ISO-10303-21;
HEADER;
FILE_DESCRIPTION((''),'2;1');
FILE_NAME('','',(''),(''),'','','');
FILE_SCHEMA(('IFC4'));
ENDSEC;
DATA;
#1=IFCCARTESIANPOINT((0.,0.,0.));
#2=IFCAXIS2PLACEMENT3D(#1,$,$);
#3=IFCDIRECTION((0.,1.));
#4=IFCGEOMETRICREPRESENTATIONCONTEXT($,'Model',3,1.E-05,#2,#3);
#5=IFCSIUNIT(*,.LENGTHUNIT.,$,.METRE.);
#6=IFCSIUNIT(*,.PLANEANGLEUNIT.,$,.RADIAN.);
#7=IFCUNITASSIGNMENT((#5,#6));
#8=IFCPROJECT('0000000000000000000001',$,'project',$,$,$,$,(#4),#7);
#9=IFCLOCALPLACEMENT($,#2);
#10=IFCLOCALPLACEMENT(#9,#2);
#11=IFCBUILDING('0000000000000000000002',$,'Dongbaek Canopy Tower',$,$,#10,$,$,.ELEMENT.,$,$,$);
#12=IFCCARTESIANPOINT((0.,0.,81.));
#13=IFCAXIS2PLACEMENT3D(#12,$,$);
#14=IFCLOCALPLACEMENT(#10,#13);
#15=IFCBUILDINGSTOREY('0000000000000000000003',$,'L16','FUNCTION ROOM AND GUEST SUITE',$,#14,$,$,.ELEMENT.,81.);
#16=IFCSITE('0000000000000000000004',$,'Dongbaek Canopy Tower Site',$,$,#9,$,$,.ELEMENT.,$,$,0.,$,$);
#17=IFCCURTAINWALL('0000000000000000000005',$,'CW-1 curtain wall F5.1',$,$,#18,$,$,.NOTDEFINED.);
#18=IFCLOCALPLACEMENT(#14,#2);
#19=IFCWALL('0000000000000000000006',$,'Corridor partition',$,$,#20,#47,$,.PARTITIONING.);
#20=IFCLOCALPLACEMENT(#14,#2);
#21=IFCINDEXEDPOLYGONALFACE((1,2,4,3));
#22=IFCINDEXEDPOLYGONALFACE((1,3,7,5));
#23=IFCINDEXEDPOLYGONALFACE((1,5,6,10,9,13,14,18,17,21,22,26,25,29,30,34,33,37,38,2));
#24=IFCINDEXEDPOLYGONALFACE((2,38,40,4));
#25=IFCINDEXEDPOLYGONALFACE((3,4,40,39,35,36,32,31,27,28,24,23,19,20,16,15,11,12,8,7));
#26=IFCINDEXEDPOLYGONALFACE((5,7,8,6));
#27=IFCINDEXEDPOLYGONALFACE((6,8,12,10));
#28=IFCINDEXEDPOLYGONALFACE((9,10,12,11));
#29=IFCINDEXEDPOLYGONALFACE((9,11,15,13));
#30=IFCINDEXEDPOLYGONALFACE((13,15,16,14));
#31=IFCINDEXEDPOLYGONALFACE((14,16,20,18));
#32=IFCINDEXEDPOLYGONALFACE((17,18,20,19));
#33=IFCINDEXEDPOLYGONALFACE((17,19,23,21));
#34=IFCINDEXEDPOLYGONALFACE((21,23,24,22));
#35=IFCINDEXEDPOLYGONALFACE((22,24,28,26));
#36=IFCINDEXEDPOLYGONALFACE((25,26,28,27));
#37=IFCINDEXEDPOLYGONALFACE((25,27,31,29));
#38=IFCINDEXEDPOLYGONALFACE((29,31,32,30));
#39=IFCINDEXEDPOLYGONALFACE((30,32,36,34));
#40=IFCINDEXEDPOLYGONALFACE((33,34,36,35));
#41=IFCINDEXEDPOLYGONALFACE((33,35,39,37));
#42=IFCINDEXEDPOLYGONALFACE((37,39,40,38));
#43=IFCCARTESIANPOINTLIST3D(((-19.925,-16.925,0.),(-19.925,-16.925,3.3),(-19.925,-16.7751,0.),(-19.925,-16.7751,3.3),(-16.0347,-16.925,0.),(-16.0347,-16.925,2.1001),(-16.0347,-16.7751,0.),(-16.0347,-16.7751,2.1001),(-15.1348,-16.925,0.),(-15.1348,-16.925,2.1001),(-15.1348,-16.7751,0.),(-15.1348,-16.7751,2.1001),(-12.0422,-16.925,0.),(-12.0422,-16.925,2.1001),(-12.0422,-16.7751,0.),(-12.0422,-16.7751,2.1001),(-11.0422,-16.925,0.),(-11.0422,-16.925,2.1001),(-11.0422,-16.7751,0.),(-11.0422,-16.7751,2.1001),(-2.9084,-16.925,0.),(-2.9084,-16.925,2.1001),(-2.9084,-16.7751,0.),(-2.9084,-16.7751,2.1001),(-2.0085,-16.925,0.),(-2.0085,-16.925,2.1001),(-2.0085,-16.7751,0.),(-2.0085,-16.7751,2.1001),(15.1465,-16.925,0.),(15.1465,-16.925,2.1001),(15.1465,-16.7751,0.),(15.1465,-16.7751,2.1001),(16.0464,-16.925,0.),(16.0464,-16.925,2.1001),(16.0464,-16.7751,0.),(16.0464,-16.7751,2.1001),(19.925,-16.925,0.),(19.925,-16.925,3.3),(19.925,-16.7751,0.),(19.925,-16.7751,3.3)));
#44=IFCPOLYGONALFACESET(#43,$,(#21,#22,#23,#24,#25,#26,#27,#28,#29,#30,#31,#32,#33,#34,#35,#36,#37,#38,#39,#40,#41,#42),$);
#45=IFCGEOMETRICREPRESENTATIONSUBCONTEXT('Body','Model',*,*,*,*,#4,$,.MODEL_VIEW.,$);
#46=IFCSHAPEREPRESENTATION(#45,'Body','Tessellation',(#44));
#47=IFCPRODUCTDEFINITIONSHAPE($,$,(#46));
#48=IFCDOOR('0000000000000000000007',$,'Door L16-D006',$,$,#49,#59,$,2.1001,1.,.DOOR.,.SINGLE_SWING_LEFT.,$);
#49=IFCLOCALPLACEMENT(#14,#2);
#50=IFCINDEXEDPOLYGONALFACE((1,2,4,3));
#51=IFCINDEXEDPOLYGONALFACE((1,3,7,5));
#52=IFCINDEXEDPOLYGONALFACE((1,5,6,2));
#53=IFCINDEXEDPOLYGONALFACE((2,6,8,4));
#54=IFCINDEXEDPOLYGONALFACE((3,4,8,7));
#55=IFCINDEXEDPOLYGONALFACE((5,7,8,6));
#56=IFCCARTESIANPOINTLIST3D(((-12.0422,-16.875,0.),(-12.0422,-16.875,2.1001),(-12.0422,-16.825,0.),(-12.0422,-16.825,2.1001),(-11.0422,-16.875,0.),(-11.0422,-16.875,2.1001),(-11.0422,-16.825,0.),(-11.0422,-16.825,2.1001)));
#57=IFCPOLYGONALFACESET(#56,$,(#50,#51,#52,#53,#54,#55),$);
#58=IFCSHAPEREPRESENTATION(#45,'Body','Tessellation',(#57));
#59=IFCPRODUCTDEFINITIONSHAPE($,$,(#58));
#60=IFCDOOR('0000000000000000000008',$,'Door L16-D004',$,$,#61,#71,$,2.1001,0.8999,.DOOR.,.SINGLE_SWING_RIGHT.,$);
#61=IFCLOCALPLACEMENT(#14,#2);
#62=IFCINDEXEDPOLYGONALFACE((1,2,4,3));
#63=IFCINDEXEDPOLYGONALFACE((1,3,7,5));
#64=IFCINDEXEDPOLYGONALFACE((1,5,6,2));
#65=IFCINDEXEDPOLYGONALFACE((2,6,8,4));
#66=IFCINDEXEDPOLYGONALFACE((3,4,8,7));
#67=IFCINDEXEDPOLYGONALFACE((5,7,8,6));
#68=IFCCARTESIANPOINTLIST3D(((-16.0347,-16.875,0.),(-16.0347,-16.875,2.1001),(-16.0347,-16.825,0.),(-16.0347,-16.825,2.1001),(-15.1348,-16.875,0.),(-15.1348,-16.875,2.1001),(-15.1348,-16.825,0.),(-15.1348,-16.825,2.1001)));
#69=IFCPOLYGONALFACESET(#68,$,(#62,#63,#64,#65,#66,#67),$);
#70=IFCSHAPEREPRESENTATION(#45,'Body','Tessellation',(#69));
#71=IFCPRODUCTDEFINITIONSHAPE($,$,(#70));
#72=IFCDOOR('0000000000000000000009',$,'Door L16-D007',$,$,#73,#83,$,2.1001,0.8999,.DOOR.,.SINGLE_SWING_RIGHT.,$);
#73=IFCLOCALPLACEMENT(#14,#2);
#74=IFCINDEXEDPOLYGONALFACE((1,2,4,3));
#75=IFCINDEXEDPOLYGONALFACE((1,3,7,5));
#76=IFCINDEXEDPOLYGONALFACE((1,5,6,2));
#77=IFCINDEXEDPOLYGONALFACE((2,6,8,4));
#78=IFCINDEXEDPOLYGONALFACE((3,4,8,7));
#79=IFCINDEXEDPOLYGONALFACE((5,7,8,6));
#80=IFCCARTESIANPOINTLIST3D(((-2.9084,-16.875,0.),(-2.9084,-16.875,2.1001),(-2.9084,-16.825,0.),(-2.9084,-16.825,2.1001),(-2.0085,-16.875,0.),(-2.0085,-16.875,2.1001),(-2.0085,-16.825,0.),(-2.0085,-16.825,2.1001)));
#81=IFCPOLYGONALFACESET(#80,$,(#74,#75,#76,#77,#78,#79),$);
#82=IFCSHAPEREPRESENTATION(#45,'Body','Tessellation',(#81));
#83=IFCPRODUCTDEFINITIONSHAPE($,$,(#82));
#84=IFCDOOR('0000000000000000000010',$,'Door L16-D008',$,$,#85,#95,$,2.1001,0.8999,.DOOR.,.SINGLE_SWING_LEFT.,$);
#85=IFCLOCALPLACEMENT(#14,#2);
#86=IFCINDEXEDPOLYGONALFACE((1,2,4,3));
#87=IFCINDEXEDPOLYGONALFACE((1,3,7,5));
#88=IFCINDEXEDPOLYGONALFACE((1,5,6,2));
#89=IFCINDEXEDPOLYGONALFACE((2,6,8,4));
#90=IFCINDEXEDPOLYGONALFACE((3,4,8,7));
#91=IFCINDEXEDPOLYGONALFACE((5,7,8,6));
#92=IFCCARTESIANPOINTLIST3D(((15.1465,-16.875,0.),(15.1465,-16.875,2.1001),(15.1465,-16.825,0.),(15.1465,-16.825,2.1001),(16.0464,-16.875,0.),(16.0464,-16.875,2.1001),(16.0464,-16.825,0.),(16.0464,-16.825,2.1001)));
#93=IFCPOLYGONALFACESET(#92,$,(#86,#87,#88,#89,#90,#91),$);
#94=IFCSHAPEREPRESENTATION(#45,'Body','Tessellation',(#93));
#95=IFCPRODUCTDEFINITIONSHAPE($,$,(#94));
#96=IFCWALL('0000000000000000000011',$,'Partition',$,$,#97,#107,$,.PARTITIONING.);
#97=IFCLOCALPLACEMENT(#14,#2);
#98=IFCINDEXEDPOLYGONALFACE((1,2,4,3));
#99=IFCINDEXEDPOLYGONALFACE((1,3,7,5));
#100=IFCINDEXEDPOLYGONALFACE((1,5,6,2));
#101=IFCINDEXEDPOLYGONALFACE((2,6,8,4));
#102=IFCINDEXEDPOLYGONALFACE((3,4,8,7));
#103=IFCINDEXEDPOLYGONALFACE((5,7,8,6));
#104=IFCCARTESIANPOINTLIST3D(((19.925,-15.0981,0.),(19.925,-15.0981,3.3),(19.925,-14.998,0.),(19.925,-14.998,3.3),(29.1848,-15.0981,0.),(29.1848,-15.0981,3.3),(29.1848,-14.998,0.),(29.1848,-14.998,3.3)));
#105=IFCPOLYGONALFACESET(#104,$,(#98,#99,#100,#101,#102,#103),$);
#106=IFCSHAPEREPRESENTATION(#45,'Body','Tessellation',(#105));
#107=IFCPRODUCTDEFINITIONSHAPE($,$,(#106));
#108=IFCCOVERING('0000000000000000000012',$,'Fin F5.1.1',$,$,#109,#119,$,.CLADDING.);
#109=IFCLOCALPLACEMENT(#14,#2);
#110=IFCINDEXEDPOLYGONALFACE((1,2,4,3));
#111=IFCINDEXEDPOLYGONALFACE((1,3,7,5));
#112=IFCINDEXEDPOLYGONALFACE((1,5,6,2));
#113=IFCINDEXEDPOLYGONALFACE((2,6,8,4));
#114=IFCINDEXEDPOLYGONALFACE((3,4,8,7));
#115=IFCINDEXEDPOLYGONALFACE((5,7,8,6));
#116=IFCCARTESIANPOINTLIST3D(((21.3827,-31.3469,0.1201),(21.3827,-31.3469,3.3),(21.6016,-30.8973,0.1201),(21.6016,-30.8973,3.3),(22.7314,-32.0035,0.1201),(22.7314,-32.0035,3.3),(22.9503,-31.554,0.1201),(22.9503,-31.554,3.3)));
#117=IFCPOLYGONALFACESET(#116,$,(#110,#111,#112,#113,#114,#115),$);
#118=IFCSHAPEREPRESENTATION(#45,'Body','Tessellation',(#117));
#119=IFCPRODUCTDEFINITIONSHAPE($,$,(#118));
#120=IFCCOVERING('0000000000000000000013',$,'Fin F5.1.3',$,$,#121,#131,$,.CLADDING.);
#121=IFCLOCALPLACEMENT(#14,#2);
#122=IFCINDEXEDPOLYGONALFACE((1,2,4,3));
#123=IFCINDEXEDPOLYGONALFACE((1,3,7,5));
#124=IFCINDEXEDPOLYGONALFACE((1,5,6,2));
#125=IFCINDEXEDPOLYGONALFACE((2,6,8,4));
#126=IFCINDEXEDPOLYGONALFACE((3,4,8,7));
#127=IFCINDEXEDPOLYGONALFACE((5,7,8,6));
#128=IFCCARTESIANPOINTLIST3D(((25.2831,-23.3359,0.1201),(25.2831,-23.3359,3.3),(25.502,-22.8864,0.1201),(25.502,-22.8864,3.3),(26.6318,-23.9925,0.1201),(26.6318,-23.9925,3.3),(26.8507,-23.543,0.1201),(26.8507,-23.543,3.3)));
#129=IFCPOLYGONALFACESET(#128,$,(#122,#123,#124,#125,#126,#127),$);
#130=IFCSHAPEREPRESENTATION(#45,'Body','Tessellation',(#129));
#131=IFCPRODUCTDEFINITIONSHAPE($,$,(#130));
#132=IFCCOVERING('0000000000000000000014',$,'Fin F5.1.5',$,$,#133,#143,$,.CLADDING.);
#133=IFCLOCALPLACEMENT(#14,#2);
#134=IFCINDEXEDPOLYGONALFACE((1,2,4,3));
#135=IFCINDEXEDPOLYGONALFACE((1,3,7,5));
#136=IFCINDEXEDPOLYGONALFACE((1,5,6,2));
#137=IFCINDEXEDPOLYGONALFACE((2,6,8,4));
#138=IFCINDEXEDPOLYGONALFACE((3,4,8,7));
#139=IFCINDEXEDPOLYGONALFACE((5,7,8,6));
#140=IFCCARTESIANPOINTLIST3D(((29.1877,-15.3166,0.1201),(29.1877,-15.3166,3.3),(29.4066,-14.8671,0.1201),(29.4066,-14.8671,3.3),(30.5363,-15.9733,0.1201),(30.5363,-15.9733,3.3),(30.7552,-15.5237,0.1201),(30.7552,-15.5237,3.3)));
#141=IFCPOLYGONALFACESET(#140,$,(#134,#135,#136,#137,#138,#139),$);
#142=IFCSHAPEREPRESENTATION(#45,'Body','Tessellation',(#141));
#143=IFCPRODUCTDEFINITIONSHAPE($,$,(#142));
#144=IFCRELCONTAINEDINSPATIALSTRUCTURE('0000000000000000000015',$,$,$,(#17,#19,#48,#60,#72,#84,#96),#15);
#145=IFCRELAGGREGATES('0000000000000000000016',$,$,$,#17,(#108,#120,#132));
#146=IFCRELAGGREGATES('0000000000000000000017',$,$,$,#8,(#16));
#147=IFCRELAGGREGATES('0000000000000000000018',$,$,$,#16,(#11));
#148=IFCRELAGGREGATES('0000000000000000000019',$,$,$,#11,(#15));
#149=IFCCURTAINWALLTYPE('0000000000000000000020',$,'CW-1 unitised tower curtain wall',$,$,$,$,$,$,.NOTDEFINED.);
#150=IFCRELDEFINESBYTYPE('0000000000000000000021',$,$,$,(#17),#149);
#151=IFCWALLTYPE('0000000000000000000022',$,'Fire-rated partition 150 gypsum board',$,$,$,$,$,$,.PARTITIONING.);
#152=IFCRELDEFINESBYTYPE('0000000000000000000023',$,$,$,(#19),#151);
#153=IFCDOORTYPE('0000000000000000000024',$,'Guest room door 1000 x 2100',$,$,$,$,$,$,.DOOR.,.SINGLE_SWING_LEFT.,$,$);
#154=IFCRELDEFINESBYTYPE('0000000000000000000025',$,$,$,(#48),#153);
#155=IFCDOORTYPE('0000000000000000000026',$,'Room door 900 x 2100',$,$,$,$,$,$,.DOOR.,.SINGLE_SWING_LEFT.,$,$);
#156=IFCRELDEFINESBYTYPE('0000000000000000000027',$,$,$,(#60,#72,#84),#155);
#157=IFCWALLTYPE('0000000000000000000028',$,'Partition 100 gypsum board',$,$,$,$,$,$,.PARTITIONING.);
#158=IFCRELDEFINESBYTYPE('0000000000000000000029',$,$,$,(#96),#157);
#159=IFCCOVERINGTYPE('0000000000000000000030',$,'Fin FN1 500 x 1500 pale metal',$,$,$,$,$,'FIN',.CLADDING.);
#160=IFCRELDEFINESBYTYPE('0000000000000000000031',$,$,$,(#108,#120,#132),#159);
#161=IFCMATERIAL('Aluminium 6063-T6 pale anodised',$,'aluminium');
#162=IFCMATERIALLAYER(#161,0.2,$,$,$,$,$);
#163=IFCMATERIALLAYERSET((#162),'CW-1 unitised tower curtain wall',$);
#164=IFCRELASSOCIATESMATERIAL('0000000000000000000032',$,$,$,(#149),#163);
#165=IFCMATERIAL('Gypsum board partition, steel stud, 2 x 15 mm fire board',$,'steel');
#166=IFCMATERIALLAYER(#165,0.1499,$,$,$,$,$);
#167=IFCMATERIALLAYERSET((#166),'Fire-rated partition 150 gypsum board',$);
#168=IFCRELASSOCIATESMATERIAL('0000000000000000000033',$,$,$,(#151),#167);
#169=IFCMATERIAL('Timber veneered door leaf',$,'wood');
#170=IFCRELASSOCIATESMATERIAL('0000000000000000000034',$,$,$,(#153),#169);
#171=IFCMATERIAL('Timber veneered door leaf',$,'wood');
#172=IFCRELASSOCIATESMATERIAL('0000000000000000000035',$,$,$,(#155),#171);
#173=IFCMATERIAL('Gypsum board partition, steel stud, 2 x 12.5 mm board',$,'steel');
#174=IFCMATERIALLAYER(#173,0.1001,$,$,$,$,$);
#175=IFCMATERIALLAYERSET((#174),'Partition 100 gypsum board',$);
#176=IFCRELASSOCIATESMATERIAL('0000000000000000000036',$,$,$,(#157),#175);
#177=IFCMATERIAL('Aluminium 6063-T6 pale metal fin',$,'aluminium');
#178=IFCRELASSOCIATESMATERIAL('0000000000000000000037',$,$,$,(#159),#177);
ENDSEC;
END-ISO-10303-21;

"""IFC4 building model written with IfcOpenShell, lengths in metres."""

from ifc_helpers import new_model, si_unit, direction, frame, frame_2d, origin, origin_2d, place, context, subcontext, project, spatial, rectangle, extrude, material, layer, layer_set, material_profile, profile_set, type_object, element, fill, aggregate, save


model = new_model("IFC4")

# Units and contexts
model_context = context("Model", 3, precision=1e-05, world=origin(), true_north=direction((0.0, 1.0)))
body_context = subcontext(model_context, "Body", "Model", "MODEL_VIEW")
ifc_project = project(units=[si_unit("LENGTHUNIT", "METRE"), si_unit("PLANEANGLEUNIT", "RADIAN")], contexts=[model_context])

# Site, building, storey
site_placement = place(None, origin())
site = spatial("IfcSite", under=ifc_project, at=site_placement, Name="Dongbaek Canopy Tower Site", CompositionType="ELEMENT", RefElevation=0.0)
building_placement = place(site_placement, origin())
building = spatial("IfcBuilding", under=site, at=building_placement, Name="Dongbaek Canopy Tower", CompositionType="ELEMENT")
storey_placement = place(building_placement, frame((0.0, 0.0, 81.0)))
storey = spatial("IfcBuildingStorey", under=building, at=storey_placement, Name="L16", Description="FUNCTION ROOM AND GUEST SUITE", CompositionType="ELEMENT", Elevation=81.0)

# Curtain wall
ifc_material_1 = material(Name="Aluminium 6063-T6 pale anodised", Category="aluminium")
ifc_layer_1 = layer(ifc_material_1, 0.2)
ifc_layer_set_1 = layer_set([ifc_layer_1], Name="CW-1 unitised tower curtain wall")
curtain_wall_type = type_object("IfcCurtainWallType", Name="CW-1 unitised tower curtain wall", PredefinedType="NOTDEFINED", material=ifc_layer_set_1)
curtain_wall_1_placement = place(storey_placement, origin())
curtain_wall_1 = element("IfcCurtainWall", 1, at=curtain_wall_1_placement, inside=storey, type_object=curtain_wall_type, Name="CW-1 curtain wall F5.1", PredefinedType="NOTDEFINED")

# Wall, openings, doors
ifc_material_2 = material(Name="Gypsum board partition, steel stud, 2 x 15 mm fire board", Category="steel")
ifc_layer_2 = layer(ifc_material_2, 0.1499)
ifc_layer_set_2 = layer_set([ifc_layer_2], Name="Fire-rated partition 150 gypsum board")
wall_type_1 = type_object("IfcWallType", Name="Fire-rated partition 150 gypsum board", PredefinedType="PARTITIONING", material=ifc_layer_set_2)
wall_1_placement = place(storey_placement, frame((19.925, -16.8501, 0.0), z_axis=(0.0, 0.0, 1.0), x_axis=(-1.0, 0.0, 0.0)))
wall_1 = element("IfcWall", 2, at=wall_1_placement, inside=storey, type_object=wall_type_1, Name="Corridor partition", PredefinedType="PARTITIONING", context=body_context, shape_type="SweptSolid", body=[
    extrude(rectangle(XDim=39.8501, YDim=0.1499, at=frame_2d((19.925, 0.0))), origin(), (0.0, 0.0, 1.0), 3.3),
])
opening_1_placement = place(wall_1_placement, frame((35.0598, 0.0, 0.0)))
opening_1 = element("IfcOpeningElement", 3, at=opening_1_placement, cuts=wall_1, PredefinedType="OPENING", context=body_context, shape_type="SweptSolid", body=[
    extrude(rectangle(XDim=0.8999, YDim=2.1001, at=frame_2d((0.45, 1.05))), frame((0.0, 0.085, 0.0), z_axis=(0.0, -1.0, 0.0), x_axis=(1.0, 0.0, 0.0)), (0.0, 0.0, 1.0), 0.1699),
])
opening_2_placement = place(wall_1_placement, frame((30.9673, 0.0, 0.0)))
opening_2 = element("IfcOpeningElement", 4, at=opening_2_placement, cuts=wall_1, PredefinedType="OPENING", context=body_context, shape_type="SweptSolid", body=[
    extrude(rectangle(XDim=1.0, YDim=2.1001, at=frame_2d((0.5, 1.05))), frame((0.0, 0.085, 0.0), z_axis=(0.0, -1.0, 0.0), x_axis=(1.0, 0.0, 0.0)), (0.0, 0.0, 1.0), 0.1699),
])
opening_3_placement = place(wall_1_placement, frame((21.9336, 0.0, 0.0)))
opening_3 = element("IfcOpeningElement", 5, at=opening_3_placement, cuts=wall_1, PredefinedType="OPENING", context=body_context, shape_type="SweptSolid", body=[
    extrude(rectangle(XDim=0.8999, YDim=2.1001, at=frame_2d((0.45, 1.05))), frame((0.0, 0.085, 0.0), z_axis=(0.0, -1.0, 0.0), x_axis=(1.0, 0.0, 0.0)), (0.0, 0.0, 1.0), 0.1699),
])
opening_4_placement = place(wall_1_placement, frame((3.8787, 0.0, 0.0)))
opening_4 = element("IfcOpeningElement", 6, at=opening_4_placement, cuts=wall_1, PredefinedType="OPENING", context=body_context, shape_type="SweptSolid", body=[
    extrude(rectangle(XDim=0.8999, YDim=2.1001, at=frame_2d((0.45, 1.05))), frame((0.0, 0.085, 0.0), z_axis=(0.0, -1.0, 0.0), x_axis=(1.0, 0.0, 0.0)), (0.0, 0.0, 1.0), 0.1699),
])
ifc_material_3 = material(Name="Timber veneered door leaf", Category="wood")
door_type_1 = type_object("IfcDoorType", Name="Guest room door 1000 x 2100", OperationType="SINGLE_SWING_LEFT", PredefinedType="DOOR", material=ifc_material_3)
door_1_placement = place(opening_2_placement, origin())
door_1 = element("IfcDoor", 7, at=door_1_placement, inside=storey, type_object=door_type_1, Name="Door L16-D006", OperationType="SINGLE_SWING_LEFT", OverallHeight=2.1001, OverallWidth=1.0, PredefinedType="DOOR", context=body_context, shape_type="SweptSolid", body=[
    extrude(rectangle(XDim=1.0, YDim=2.1001, at=frame_2d((0.5, 1.05))), frame((0.0, 0.0249, 0.0), z_axis=(0.0, -1.0, 0.0), x_axis=(1.0, 0.0, 0.0)), (0.0, 0.0, 1.0), 0.05),
])
fill(opening_2, door_1)
ifc_material_4 = material(Name="Timber veneered door leaf", Category="wood")
door_type_2 = type_object("IfcDoorType", Name="Room door 900 x 2100", OperationType="SINGLE_SWING_LEFT", PredefinedType="DOOR", material=ifc_material_4)
door_2_placement = place(opening_1_placement, origin())
door_2 = element("IfcDoor", 8, at=door_2_placement, inside=storey, type_object=door_type_2, Name="Door L16-D004", OperationType="SINGLE_SWING_RIGHT", OverallHeight=2.1001, OverallWidth=0.8999, PredefinedType="DOOR", context=body_context, shape_type="SweptSolid", body=[
    extrude(rectangle(XDim=0.8999, YDim=2.1001, at=frame_2d((0.45, 1.05))), frame((0.0, 0.0249, 0.0), z_axis=(0.0, -1.0, 0.0), x_axis=(1.0, 0.0, 0.0)), (0.0, 0.0, 1.0), 0.05),
])
fill(opening_1, door_2)
door_3_placement = place(opening_3_placement, origin())
door_3 = element("IfcDoor", 9, at=door_3_placement, inside=storey, type_object=door_type_2, Name="Door L16-D007", OperationType="SINGLE_SWING_RIGHT", OverallHeight=2.1001, OverallWidth=0.8999, PredefinedType="DOOR", context=body_context, shape_type="SweptSolid", body=[
    extrude(rectangle(XDim=0.8999, YDim=2.1001, at=frame_2d((0.45, 1.05))), frame((0.0, 0.0249, 0.0), z_axis=(0.0, -1.0, 0.0), x_axis=(1.0, 0.0, 0.0)), (0.0, 0.0, 1.0), 0.05),
])
fill(opening_3, door_3)
door_4_placement = place(opening_4_placement, origin())
door_4 = element("IfcDoor", 10, at=door_4_placement, inside=storey, type_object=door_type_2, Name="Door L16-D008", OperationType="SINGLE_SWING_LEFT", OverallHeight=2.1001, OverallWidth=0.8999, PredefinedType="DOOR", context=body_context, shape_type="SweptSolid", body=[
    extrude(rectangle(XDim=0.8999, YDim=2.1001, at=frame_2d((0.45, 1.05))), frame((0.0, 0.0249, 0.0), z_axis=(0.0, -1.0, 0.0), x_axis=(1.0, 0.0, 0.0)), (0.0, 0.0, 1.0), 0.05),
])
fill(opening_4, door_4)

# Wall
ifc_material_5 = material(Name="Gypsum board partition, steel stud, 2 x 12.5 mm board", Category="steel")
ifc_layer_3 = layer(ifc_material_5, 0.1001)
ifc_layer_set_3 = layer_set([ifc_layer_3], Name="Partition 100 gypsum board")
wall_type_2 = type_object("IfcWallType", Name="Partition 100 gypsum board", PredefinedType="PARTITIONING", material=ifc_layer_set_3)
wall_2_placement = place(storey_placement, frame((19.925, -15.0481, 0.0), z_axis=(0.0, 0.0, 1.0), x_axis=(1.0, 0.0, 0.0)))
element("IfcWall", 11, at=wall_2_placement, inside=storey, type_object=wall_type_2, Name="Partition", PredefinedType="PARTITIONING", context=body_context, shape_type="SweptSolid", body=[
    extrude(rectangle(XDim=9.2598, YDim=0.1001, at=frame_2d((4.6299, 0.0))), origin(), (0.0, 0.0, 1.0), 3.3),
])

# Coverings
ifc_material_6 = material(Name="Aluminium 6063-T6 pale metal fin", Category="aluminium")
ifc_material_profile_1 = material_profile(ifc_material_6, rectangle(XDim=1.5, YDim=0.5, at=origin_2d()), Name="Fin FN1 500 x 1500 pale metal")
ifc_profile_set_1 = profile_set([ifc_material_profile_1], Name="Aluminium 6063-T6 pale metal fin")
covering_type = type_object("IfcCoveringType", Name="Fin FN1 500 x 1500 pale metal", ElementType="FIN", PredefinedType="CLADDING", material=ifc_profile_set_1)
covering_1_placement = place(storey_placement, frame((22.1665, -31.4504, 0.1201), z_axis=(0.0, 0.0, 1.0), x_axis=(0.899092, -0.437759, 0.0)))
covering_1 = element("IfcCovering", 12, at=covering_1_placement, type_object=covering_type, Name="Fin F5.1.1", PredefinedType="CLADDING", context=body_context, shape_type="SweptSolid", body=[
    extrude(rectangle(XDim=1.5, YDim=0.5, at=origin_2d()), origin(), (0.0, 0.0, 1.0), 3.1799),
])
covering_2_placement = place(storey_placement, frame((26.0669, -23.4395, 0.1201), z_axis=(0.0, 0.0, 1.0), x_axis=(0.899092, -0.437759, 0.0)))
covering_2 = element("IfcCovering", 13, at=covering_2_placement, type_object=covering_type, Name="Fin F5.1.3", PredefinedType="CLADDING", context=body_context, shape_type="SweptSolid", body=[
    extrude(rectangle(XDim=1.5, YDim=0.5, at=origin_2d()), origin(), (0.0, 0.0, 1.0), 3.1799),
])
covering_3_placement = place(storey_placement, frame((29.9714, -15.4202, 0.1201), z_axis=(0.0, 0.0, 1.0), x_axis=(0.899092, -0.437759, 0.0)))
covering_3 = element("IfcCovering", 14, at=covering_3_placement, type_object=covering_type, Name="Fin F5.1.5", PredefinedType="CLADDING", context=body_context, shape_type="SweptSolid", body=[
    extrude(rectangle(XDim=1.5, YDim=0.5, at=origin_2d()), origin(), (0.0, 0.0, 1.0), 3.1799),
])
aggregate(curtain_wall_1, [covering_1, covering_2, covering_3])

save(model, "model.ifc")
